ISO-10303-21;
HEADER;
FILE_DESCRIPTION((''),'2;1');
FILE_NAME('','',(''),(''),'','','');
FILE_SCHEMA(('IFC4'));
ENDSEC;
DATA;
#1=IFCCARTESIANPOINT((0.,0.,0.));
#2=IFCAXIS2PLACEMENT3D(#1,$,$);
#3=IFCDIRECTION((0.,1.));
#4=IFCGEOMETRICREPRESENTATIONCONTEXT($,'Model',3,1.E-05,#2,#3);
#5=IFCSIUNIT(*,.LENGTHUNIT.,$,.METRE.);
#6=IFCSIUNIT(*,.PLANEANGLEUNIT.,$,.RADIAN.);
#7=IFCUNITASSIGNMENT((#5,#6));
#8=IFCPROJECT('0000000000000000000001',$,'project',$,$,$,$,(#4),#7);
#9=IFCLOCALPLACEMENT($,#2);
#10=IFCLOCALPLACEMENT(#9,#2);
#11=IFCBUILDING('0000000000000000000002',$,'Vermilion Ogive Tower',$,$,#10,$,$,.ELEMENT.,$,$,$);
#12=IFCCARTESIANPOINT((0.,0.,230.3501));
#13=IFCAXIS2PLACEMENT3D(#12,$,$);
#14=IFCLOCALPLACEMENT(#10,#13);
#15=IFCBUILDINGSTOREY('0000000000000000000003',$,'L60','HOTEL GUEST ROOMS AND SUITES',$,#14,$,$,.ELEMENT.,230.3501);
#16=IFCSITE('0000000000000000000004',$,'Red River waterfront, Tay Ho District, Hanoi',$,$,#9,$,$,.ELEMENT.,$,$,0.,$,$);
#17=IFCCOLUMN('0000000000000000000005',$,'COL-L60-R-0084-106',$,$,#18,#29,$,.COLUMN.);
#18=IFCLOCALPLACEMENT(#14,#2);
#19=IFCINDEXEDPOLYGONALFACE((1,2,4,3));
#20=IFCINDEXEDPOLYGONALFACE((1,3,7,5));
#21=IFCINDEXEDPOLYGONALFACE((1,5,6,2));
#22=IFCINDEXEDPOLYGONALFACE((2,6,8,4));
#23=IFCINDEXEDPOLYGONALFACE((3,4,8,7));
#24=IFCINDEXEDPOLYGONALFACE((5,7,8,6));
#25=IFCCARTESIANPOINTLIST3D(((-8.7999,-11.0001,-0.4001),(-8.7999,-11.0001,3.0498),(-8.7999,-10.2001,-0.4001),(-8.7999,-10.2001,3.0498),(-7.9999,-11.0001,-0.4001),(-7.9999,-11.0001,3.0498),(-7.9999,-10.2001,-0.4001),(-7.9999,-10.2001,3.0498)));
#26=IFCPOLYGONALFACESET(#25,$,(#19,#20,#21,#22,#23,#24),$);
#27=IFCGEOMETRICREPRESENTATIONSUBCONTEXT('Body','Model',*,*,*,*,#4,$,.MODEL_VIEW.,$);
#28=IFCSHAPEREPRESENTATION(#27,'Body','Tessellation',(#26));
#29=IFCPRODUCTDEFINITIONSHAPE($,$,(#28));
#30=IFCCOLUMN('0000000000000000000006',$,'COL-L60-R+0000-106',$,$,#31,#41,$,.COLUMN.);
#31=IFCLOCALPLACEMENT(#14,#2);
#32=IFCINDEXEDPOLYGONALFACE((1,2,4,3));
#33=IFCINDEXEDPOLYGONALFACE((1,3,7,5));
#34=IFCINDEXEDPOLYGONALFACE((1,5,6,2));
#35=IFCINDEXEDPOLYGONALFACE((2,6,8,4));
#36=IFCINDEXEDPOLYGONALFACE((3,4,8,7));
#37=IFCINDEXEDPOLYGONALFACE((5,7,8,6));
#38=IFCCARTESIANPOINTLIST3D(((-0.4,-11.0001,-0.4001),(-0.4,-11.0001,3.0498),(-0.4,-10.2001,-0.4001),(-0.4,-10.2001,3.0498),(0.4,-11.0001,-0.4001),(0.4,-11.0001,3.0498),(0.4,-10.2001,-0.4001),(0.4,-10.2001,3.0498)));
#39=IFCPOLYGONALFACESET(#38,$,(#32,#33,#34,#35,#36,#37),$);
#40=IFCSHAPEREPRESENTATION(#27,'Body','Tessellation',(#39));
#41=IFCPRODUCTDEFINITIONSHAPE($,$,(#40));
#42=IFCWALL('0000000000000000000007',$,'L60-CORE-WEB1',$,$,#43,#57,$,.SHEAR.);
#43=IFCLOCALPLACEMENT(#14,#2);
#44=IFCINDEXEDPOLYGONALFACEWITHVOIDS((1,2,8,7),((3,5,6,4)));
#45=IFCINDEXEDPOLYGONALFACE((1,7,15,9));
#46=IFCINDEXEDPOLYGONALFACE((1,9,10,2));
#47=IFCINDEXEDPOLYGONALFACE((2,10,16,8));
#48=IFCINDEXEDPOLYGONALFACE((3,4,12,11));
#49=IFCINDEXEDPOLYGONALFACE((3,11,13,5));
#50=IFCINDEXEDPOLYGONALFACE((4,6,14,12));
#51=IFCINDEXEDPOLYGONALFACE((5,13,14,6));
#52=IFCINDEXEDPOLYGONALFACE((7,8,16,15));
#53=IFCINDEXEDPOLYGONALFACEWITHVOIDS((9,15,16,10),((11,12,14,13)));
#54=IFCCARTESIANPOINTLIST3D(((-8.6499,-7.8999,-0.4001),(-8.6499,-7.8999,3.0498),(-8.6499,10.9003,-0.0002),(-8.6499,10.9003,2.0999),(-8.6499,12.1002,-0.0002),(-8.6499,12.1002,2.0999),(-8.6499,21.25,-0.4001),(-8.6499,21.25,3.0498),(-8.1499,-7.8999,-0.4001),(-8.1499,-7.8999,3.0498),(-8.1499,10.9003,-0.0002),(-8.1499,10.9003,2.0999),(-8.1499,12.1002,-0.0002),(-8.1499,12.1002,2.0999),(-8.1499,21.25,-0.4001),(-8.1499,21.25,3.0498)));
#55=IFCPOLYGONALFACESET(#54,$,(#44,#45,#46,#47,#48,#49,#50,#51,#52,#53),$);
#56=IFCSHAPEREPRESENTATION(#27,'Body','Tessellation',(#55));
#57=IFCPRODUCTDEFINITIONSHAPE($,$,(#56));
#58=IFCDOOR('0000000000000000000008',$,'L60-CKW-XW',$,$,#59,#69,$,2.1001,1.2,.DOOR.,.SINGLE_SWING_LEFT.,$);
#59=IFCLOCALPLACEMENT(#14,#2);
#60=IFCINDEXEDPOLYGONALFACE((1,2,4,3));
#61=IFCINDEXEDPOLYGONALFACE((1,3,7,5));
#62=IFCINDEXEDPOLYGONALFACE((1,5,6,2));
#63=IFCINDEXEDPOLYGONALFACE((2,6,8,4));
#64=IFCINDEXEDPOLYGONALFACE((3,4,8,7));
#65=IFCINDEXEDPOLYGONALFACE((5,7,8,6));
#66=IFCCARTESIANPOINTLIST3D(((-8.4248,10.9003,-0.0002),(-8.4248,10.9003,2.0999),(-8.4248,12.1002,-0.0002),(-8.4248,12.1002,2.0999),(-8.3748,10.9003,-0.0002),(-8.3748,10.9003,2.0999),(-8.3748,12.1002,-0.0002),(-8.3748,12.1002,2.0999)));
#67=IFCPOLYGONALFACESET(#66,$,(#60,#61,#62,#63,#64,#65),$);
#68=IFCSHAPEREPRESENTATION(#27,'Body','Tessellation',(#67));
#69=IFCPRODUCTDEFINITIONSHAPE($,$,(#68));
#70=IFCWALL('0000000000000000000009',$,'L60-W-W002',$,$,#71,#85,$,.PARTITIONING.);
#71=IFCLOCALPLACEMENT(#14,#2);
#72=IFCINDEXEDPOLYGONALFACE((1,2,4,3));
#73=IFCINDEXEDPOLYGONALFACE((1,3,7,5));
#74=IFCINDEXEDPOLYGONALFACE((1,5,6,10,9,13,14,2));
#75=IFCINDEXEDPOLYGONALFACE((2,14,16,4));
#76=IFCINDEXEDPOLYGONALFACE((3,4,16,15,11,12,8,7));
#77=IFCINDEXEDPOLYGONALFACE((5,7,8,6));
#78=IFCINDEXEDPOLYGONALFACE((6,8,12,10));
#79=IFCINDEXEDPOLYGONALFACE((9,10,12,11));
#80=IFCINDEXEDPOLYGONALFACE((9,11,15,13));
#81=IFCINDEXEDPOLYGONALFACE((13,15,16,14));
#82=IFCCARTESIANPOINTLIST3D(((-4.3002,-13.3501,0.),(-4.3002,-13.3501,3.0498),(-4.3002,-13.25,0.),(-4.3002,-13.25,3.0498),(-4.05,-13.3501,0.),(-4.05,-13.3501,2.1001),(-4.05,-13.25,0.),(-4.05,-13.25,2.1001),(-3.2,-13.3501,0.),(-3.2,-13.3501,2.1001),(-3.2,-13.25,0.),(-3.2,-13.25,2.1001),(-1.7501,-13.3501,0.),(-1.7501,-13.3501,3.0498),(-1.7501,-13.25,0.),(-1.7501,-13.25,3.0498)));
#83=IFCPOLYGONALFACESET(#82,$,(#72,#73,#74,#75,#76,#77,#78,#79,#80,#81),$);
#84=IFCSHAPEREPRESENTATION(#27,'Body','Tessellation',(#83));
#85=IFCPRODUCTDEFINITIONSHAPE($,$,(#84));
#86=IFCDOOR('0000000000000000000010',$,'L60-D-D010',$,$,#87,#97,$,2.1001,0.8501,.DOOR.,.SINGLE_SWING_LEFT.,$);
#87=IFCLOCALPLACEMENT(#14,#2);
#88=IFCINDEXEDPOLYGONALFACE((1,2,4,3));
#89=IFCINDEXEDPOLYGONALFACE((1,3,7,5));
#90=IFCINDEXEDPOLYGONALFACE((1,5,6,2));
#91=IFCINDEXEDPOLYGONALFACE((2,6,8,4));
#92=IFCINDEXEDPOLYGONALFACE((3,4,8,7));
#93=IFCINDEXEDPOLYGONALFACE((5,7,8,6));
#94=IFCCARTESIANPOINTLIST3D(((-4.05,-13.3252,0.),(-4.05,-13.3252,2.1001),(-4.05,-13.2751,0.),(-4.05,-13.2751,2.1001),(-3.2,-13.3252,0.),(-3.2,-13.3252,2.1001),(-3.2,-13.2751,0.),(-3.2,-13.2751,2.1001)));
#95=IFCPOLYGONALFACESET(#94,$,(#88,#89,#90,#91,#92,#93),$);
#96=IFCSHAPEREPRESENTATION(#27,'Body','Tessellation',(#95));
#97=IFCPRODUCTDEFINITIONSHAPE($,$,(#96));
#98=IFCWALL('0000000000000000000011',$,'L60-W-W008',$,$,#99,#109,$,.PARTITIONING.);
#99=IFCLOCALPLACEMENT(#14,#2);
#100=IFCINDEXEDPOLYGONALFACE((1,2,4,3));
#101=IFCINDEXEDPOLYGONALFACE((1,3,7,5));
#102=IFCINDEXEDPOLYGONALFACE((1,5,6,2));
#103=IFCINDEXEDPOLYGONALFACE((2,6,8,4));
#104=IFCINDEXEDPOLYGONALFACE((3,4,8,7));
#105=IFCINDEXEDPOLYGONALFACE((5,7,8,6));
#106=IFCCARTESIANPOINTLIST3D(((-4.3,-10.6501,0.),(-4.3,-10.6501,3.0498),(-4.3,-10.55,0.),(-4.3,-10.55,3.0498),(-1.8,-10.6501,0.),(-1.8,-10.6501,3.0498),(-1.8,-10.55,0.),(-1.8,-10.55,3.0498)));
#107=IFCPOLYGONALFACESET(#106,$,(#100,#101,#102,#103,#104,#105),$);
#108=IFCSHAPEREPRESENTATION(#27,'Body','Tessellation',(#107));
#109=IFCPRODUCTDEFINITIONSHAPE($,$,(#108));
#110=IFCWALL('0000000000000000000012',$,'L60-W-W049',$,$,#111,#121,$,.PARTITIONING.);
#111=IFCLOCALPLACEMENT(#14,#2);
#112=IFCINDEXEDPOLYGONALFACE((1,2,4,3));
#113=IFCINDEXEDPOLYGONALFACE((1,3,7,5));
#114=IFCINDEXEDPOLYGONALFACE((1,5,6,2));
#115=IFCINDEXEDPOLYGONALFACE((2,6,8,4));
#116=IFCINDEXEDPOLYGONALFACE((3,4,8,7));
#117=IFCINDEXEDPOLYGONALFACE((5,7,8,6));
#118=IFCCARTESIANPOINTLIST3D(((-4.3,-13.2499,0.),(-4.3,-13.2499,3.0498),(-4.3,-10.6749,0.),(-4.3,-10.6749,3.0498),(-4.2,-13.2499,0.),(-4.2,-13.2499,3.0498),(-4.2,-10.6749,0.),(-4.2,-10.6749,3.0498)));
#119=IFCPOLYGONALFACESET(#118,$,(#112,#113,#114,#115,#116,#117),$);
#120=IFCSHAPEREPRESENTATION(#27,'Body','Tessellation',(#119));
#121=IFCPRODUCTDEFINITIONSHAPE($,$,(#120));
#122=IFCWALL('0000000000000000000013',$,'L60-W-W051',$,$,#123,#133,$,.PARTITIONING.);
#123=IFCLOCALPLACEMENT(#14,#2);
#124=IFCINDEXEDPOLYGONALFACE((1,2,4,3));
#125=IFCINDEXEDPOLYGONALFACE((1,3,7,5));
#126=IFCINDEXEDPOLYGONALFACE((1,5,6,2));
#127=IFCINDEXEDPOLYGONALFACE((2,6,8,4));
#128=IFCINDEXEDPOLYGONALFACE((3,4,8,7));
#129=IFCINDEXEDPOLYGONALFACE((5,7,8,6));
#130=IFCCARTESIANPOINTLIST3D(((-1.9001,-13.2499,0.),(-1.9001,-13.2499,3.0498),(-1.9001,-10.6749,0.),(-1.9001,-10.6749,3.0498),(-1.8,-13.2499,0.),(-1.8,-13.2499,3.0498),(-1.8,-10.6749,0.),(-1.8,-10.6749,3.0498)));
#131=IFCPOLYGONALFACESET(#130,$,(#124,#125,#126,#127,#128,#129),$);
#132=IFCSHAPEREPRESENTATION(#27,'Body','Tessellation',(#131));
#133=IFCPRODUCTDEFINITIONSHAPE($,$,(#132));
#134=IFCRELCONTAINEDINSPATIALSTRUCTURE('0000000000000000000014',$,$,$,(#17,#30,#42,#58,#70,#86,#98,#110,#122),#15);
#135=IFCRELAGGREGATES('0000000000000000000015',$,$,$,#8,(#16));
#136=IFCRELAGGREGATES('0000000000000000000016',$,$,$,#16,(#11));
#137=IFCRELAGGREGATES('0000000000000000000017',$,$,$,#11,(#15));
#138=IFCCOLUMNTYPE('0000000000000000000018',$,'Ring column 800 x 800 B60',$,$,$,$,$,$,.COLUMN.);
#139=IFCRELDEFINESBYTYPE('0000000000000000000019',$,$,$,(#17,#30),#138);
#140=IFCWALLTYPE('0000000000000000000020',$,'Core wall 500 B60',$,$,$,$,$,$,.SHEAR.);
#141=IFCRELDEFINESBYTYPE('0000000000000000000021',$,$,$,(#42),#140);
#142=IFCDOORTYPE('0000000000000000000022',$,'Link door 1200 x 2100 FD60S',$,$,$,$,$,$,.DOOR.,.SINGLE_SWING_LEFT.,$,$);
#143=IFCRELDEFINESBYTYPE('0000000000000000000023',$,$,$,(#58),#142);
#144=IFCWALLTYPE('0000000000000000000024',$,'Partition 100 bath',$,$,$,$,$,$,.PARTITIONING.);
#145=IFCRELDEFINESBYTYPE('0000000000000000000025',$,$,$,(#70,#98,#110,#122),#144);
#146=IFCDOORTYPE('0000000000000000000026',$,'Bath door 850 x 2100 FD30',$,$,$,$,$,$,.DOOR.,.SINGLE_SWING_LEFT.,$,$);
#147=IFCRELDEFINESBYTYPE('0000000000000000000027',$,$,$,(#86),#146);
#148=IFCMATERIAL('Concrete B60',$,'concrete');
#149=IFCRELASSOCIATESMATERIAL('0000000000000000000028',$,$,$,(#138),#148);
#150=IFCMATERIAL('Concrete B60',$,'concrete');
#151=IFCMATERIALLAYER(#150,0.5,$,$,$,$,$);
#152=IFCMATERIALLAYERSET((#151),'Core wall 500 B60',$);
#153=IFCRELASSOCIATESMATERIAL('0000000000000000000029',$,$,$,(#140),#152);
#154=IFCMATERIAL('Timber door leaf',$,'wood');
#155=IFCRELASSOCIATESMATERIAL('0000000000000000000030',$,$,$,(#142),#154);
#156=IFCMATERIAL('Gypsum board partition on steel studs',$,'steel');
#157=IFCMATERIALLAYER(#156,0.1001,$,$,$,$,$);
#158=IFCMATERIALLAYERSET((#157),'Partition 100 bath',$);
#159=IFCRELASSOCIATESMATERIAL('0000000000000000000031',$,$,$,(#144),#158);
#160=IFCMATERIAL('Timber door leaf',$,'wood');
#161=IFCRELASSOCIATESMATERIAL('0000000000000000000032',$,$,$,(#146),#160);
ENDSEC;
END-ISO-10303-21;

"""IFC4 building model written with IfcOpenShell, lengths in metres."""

from ifc_helpers import new_model, si_unit, direction, frame, frame_2d, origin, origin_2d, place, context, subcontext, project, spatial, rectangle, extrude, material, layer, layer_set, material_profile, profile_set, type_object, element, fill, save


model = new_model("IFC4")

# Units and contexts
model_context = context("Model", 3, precision=1e-05, world=origin(), true_north=direction((0.0, 1.0)))
body_context = subcontext(model_context, "Body", "Model", "MODEL_VIEW")
ifc_project = project(units=[si_unit("LENGTHUNIT", "METRE"), si_unit("PLANEANGLEUNIT", "RADIAN")], contexts=[model_context])

# Site, building, storey
site_placement = place(None, origin())
site = spatial("IfcSite", under=ifc_project, at=site_placement, Name="Red River waterfront, Tay Ho District, Hanoi", CompositionType="ELEMENT", RefElevation=0.0)
building_placement = place(site_placement, origin())
building = spatial("IfcBuilding", under=site, at=building_placement, Name="Vermilion Ogive Tower", CompositionType="ELEMENT")
storey_placement = place(building_placement, frame((0.0, 0.0, 230.3501)))
storey = spatial("IfcBuildingStorey", under=building, at=storey_placement, Name="L60", Description="HOTEL GUEST ROOMS AND SUITES", CompositionType="ELEMENT", Elevation=230.3501)

# Columns
ifc_material_1 = material(Name="Concrete B60", Category="concrete")
ifc_material_profile = material_profile(ifc_material_1, rectangle(XDim=0.8, YDim=0.8, at=origin_2d()), Name="800 x 800")
ifc_profile_set = profile_set([ifc_material_profile], Name="Concrete B60")
column_type = type_object("IfcColumnType", Name="Ring column 800 x 800 B60", PredefinedType="COLUMN", material=ifc_profile_set)
for number, where, z_axis, x_axis, name in (
    (1, (-8.3999, -10.6001, -0.4001), (0.0, 0.0, 1.0), (1.0, 0.0, 0.0), "COL-L60-R-0084-106"),
    (2, (0.0, -10.6001, -0.4001), (0.0, 0.0, 1.0), (1.0, 0.0, 0.0), "COL-L60-R+0000-106"),
):
    element("IfcColumn", number, at=place(storey_placement, frame(where, z_axis=z_axis, x_axis=x_axis)), inside=storey, type_object=column_type, Name=name, PredefinedType="COLUMN", context=body_context, shape_type="SweptSolid", body=[
        extrude(rectangle(XDim=0.8, YDim=0.8, at=origin_2d()), origin(), (0.0, 0.0, 1.0), 3.45),
    ])

# Walls, openings, doors
ifc_material_2 = material(Name="Concrete B60", Category="concrete")
ifc_layer_1 = layer(ifc_material_2, 0.5)
ifc_layer_set_1 = layer_set([ifc_layer_1], Name="Core wall 500 B60")
wall_type_1 = type_object("IfcWallType", Name="Core wall 500 B60", PredefinedType="SHEAR", material=ifc_layer_set_1)
wall_1_placement = place(storey_placement, frame((-8.3999, -7.8999, -0.4001), z_axis=(0.0, 0.0, 1.0), x_axis=(0.0, 1.0, 0.0)))
wall_1 = element("IfcWall", 3, at=wall_1_placement, inside=storey, type_object=wall_type_1, Name="L60-CORE-WEB1", PredefinedType="SHEAR", context=body_context, shape_type="SweptSolid", body=[
    extrude(rectangle(XDim=29.1499, YDim=0.5, at=frame_2d((14.575, 0.0))), origin(), (0.0, 0.0, 1.0), 3.45),
])
opening_1_placement = place(wall_1_placement, frame((18.8, 0.0, 0.3999)))
opening_1 = element("IfcOpeningElement", 4, at=opening_1_placement, cuts=wall_1, PredefinedType="OPENING", context=body_context, shape_type="SweptSolid", body=[
    extrude(rectangle(XDim=1.2, YDim=2.1001, at=frame_2d((0.6001, 1.05))), frame((0.0, 0.26, 0.0), z_axis=(0.0, -1.0, 0.0), x_axis=(1.0, 0.0, 0.0)), (0.0, 0.0, 1.0), 0.52),
])
ifc_material_3 = material(Name="Timber door leaf", Category="wood")
door_type_1 = type_object("IfcDoorType", Name="Link door 1200 x 2100 FD60S", OperationType="SINGLE_SWING_LEFT", PredefinedType="DOOR", material=ifc_material_3)
door_1_placement = place(opening_1_placement, origin())
door_1 = element("IfcDoor", 5, at=door_1_placement, inside=storey, type_object=door_type_1, Name="L60-CKW-XW", OperationType="SINGLE_SWING_LEFT", OverallHeight=2.1001, OverallWidth=1.2, PredefinedType="DOOR", context=body_context, shape_type="SweptSolid", body=[
    extrude(rectangle(XDim=1.2, YDim=2.1001, at=frame_2d((0.6001, 1.05))), frame((0.0, 0.0249, 0.0), z_axis=(0.0, -1.0, 0.0), x_axis=(1.0, 0.0, 0.0)), (0.0, 0.0, 1.0), 0.05),
])
fill(opening_1, door_1)
ifc_material_4 = material(Name="Gypsum board partition on steel studs", Category="steel")
ifc_layer_2 = layer(ifc_material_4, 0.1001)
ifc_layer_set_2 = layer_set([ifc_layer_2], Name="Partition 100 bath")
wall_type_2 = type_object("IfcWallType", Name="Partition 100 bath", PredefinedType="PARTITIONING", material=ifc_layer_set_2)
wall_2_placement = place(storey_placement, frame((-4.3, -13.3, 0.0), z_axis=(0.0, 0.0, 1.0), x_axis=(1.0, 0.0, 0.0)))
wall_2 = element("IfcWall", 6, at=wall_2_placement, inside=storey, type_object=wall_type_2, Name="L60-W-W002", PredefinedType="PARTITIONING", context=body_context, shape_type="SweptSolid", body=[
    extrude(rectangle(XDim=2.55, YDim=0.1001, at=frame_2d((1.2749, 0.0))), origin(), (0.0, 0.0, 1.0), 3.0498),
])
opening_2_placement = place(wall_2_placement, frame((0.25, 0.0, 0.0)))
opening_2 = element("IfcOpeningElement", 7, at=opening_2_placement, cuts=wall_2, PredefinedType="OPENING", context=body_context, shape_type="SweptSolid", body=[
    extrude(rectangle(XDim=0.8501, YDim=2.1001, at=frame_2d((0.425, 1.05))), frame((0.0, 0.0601, 0.0), z_axis=(0.0, -1.0, 0.0), x_axis=(1.0, 0.0, 0.0)), (0.0, 0.0, 1.0), 0.1201),
])
ifc_material_5 = material(Name="Timber door leaf", Category="wood")
door_type_2 = type_object("IfcDoorType", Name="Bath door 850 x 2100 FD30", OperationType="SINGLE_SWING_LEFT", PredefinedType="DOOR", material=ifc_material_5)
door_2_placement = place(opening_2_placement, origin())
door_2 = element("IfcDoor", 8, at=door_2_placement, inside=storey, type_object=door_type_2, Name="L60-D-D010", OperationType="SINGLE_SWING_LEFT", OverallHeight=2.1001, OverallWidth=0.8501, PredefinedType="DOOR", context=body_context, shape_type="SweptSolid", body=[
    extrude(rectangle(XDim=0.8501, YDim=2.1001, at=frame_2d((0.425, 1.05))), frame((0.0, 0.0249, 0.0), z_axis=(0.0, -1.0, 0.0), x_axis=(1.0, 0.0, 0.0)), (0.0, 0.0, 1.0), 0.05),
])
fill(opening_2, door_2)

# Walls
wall_3_placement = place(storey_placement, frame((-4.3, -10.6001, 0.0), z_axis=(0.0, 0.0, 1.0), x_axis=(1.0, 0.0, 0.0)))
element("IfcWall", 9, at=wall_3_placement, inside=storey, type_object=wall_type_2, Name="L60-W-W008", PredefinedType="PARTITIONING", context=body_context, shape_type="SweptSolid", body=[
    extrude(rectangle(XDim=2.5, YDim=0.1001, at=frame_2d((1.25, 0.0))), origin(), (0.0, 0.0, 1.0), 3.0498),
])
for number, where, z_axis, x_axis, name in (
    (10, (-4.25, -13.25, 0.0), (0.0, 0.0, 1.0), (0.0, 1.0, 0.0), "L60-W-W049"),
    (11, (-1.8501, -13.25, 0.0), (0.0, 0.0, 1.0), (0.0, 1.0, 0.0), "L60-W-W051"),
):
    element("IfcWall", number, at=place(storey_placement, frame(where, z_axis=z_axis, x_axis=x_axis)), inside=storey, type_object=wall_type_2, Name=name, PredefinedType="PARTITIONING", context=body_context, shape_type="SweptSolid", body=[
        extrude(rectangle(XDim=2.575, YDim=0.1001, at=frame_2d((1.2876, 0.0))), origin(), (0.0, 0.0, 1.0), 3.0498),
    ])

save(model, "model.ifc")
